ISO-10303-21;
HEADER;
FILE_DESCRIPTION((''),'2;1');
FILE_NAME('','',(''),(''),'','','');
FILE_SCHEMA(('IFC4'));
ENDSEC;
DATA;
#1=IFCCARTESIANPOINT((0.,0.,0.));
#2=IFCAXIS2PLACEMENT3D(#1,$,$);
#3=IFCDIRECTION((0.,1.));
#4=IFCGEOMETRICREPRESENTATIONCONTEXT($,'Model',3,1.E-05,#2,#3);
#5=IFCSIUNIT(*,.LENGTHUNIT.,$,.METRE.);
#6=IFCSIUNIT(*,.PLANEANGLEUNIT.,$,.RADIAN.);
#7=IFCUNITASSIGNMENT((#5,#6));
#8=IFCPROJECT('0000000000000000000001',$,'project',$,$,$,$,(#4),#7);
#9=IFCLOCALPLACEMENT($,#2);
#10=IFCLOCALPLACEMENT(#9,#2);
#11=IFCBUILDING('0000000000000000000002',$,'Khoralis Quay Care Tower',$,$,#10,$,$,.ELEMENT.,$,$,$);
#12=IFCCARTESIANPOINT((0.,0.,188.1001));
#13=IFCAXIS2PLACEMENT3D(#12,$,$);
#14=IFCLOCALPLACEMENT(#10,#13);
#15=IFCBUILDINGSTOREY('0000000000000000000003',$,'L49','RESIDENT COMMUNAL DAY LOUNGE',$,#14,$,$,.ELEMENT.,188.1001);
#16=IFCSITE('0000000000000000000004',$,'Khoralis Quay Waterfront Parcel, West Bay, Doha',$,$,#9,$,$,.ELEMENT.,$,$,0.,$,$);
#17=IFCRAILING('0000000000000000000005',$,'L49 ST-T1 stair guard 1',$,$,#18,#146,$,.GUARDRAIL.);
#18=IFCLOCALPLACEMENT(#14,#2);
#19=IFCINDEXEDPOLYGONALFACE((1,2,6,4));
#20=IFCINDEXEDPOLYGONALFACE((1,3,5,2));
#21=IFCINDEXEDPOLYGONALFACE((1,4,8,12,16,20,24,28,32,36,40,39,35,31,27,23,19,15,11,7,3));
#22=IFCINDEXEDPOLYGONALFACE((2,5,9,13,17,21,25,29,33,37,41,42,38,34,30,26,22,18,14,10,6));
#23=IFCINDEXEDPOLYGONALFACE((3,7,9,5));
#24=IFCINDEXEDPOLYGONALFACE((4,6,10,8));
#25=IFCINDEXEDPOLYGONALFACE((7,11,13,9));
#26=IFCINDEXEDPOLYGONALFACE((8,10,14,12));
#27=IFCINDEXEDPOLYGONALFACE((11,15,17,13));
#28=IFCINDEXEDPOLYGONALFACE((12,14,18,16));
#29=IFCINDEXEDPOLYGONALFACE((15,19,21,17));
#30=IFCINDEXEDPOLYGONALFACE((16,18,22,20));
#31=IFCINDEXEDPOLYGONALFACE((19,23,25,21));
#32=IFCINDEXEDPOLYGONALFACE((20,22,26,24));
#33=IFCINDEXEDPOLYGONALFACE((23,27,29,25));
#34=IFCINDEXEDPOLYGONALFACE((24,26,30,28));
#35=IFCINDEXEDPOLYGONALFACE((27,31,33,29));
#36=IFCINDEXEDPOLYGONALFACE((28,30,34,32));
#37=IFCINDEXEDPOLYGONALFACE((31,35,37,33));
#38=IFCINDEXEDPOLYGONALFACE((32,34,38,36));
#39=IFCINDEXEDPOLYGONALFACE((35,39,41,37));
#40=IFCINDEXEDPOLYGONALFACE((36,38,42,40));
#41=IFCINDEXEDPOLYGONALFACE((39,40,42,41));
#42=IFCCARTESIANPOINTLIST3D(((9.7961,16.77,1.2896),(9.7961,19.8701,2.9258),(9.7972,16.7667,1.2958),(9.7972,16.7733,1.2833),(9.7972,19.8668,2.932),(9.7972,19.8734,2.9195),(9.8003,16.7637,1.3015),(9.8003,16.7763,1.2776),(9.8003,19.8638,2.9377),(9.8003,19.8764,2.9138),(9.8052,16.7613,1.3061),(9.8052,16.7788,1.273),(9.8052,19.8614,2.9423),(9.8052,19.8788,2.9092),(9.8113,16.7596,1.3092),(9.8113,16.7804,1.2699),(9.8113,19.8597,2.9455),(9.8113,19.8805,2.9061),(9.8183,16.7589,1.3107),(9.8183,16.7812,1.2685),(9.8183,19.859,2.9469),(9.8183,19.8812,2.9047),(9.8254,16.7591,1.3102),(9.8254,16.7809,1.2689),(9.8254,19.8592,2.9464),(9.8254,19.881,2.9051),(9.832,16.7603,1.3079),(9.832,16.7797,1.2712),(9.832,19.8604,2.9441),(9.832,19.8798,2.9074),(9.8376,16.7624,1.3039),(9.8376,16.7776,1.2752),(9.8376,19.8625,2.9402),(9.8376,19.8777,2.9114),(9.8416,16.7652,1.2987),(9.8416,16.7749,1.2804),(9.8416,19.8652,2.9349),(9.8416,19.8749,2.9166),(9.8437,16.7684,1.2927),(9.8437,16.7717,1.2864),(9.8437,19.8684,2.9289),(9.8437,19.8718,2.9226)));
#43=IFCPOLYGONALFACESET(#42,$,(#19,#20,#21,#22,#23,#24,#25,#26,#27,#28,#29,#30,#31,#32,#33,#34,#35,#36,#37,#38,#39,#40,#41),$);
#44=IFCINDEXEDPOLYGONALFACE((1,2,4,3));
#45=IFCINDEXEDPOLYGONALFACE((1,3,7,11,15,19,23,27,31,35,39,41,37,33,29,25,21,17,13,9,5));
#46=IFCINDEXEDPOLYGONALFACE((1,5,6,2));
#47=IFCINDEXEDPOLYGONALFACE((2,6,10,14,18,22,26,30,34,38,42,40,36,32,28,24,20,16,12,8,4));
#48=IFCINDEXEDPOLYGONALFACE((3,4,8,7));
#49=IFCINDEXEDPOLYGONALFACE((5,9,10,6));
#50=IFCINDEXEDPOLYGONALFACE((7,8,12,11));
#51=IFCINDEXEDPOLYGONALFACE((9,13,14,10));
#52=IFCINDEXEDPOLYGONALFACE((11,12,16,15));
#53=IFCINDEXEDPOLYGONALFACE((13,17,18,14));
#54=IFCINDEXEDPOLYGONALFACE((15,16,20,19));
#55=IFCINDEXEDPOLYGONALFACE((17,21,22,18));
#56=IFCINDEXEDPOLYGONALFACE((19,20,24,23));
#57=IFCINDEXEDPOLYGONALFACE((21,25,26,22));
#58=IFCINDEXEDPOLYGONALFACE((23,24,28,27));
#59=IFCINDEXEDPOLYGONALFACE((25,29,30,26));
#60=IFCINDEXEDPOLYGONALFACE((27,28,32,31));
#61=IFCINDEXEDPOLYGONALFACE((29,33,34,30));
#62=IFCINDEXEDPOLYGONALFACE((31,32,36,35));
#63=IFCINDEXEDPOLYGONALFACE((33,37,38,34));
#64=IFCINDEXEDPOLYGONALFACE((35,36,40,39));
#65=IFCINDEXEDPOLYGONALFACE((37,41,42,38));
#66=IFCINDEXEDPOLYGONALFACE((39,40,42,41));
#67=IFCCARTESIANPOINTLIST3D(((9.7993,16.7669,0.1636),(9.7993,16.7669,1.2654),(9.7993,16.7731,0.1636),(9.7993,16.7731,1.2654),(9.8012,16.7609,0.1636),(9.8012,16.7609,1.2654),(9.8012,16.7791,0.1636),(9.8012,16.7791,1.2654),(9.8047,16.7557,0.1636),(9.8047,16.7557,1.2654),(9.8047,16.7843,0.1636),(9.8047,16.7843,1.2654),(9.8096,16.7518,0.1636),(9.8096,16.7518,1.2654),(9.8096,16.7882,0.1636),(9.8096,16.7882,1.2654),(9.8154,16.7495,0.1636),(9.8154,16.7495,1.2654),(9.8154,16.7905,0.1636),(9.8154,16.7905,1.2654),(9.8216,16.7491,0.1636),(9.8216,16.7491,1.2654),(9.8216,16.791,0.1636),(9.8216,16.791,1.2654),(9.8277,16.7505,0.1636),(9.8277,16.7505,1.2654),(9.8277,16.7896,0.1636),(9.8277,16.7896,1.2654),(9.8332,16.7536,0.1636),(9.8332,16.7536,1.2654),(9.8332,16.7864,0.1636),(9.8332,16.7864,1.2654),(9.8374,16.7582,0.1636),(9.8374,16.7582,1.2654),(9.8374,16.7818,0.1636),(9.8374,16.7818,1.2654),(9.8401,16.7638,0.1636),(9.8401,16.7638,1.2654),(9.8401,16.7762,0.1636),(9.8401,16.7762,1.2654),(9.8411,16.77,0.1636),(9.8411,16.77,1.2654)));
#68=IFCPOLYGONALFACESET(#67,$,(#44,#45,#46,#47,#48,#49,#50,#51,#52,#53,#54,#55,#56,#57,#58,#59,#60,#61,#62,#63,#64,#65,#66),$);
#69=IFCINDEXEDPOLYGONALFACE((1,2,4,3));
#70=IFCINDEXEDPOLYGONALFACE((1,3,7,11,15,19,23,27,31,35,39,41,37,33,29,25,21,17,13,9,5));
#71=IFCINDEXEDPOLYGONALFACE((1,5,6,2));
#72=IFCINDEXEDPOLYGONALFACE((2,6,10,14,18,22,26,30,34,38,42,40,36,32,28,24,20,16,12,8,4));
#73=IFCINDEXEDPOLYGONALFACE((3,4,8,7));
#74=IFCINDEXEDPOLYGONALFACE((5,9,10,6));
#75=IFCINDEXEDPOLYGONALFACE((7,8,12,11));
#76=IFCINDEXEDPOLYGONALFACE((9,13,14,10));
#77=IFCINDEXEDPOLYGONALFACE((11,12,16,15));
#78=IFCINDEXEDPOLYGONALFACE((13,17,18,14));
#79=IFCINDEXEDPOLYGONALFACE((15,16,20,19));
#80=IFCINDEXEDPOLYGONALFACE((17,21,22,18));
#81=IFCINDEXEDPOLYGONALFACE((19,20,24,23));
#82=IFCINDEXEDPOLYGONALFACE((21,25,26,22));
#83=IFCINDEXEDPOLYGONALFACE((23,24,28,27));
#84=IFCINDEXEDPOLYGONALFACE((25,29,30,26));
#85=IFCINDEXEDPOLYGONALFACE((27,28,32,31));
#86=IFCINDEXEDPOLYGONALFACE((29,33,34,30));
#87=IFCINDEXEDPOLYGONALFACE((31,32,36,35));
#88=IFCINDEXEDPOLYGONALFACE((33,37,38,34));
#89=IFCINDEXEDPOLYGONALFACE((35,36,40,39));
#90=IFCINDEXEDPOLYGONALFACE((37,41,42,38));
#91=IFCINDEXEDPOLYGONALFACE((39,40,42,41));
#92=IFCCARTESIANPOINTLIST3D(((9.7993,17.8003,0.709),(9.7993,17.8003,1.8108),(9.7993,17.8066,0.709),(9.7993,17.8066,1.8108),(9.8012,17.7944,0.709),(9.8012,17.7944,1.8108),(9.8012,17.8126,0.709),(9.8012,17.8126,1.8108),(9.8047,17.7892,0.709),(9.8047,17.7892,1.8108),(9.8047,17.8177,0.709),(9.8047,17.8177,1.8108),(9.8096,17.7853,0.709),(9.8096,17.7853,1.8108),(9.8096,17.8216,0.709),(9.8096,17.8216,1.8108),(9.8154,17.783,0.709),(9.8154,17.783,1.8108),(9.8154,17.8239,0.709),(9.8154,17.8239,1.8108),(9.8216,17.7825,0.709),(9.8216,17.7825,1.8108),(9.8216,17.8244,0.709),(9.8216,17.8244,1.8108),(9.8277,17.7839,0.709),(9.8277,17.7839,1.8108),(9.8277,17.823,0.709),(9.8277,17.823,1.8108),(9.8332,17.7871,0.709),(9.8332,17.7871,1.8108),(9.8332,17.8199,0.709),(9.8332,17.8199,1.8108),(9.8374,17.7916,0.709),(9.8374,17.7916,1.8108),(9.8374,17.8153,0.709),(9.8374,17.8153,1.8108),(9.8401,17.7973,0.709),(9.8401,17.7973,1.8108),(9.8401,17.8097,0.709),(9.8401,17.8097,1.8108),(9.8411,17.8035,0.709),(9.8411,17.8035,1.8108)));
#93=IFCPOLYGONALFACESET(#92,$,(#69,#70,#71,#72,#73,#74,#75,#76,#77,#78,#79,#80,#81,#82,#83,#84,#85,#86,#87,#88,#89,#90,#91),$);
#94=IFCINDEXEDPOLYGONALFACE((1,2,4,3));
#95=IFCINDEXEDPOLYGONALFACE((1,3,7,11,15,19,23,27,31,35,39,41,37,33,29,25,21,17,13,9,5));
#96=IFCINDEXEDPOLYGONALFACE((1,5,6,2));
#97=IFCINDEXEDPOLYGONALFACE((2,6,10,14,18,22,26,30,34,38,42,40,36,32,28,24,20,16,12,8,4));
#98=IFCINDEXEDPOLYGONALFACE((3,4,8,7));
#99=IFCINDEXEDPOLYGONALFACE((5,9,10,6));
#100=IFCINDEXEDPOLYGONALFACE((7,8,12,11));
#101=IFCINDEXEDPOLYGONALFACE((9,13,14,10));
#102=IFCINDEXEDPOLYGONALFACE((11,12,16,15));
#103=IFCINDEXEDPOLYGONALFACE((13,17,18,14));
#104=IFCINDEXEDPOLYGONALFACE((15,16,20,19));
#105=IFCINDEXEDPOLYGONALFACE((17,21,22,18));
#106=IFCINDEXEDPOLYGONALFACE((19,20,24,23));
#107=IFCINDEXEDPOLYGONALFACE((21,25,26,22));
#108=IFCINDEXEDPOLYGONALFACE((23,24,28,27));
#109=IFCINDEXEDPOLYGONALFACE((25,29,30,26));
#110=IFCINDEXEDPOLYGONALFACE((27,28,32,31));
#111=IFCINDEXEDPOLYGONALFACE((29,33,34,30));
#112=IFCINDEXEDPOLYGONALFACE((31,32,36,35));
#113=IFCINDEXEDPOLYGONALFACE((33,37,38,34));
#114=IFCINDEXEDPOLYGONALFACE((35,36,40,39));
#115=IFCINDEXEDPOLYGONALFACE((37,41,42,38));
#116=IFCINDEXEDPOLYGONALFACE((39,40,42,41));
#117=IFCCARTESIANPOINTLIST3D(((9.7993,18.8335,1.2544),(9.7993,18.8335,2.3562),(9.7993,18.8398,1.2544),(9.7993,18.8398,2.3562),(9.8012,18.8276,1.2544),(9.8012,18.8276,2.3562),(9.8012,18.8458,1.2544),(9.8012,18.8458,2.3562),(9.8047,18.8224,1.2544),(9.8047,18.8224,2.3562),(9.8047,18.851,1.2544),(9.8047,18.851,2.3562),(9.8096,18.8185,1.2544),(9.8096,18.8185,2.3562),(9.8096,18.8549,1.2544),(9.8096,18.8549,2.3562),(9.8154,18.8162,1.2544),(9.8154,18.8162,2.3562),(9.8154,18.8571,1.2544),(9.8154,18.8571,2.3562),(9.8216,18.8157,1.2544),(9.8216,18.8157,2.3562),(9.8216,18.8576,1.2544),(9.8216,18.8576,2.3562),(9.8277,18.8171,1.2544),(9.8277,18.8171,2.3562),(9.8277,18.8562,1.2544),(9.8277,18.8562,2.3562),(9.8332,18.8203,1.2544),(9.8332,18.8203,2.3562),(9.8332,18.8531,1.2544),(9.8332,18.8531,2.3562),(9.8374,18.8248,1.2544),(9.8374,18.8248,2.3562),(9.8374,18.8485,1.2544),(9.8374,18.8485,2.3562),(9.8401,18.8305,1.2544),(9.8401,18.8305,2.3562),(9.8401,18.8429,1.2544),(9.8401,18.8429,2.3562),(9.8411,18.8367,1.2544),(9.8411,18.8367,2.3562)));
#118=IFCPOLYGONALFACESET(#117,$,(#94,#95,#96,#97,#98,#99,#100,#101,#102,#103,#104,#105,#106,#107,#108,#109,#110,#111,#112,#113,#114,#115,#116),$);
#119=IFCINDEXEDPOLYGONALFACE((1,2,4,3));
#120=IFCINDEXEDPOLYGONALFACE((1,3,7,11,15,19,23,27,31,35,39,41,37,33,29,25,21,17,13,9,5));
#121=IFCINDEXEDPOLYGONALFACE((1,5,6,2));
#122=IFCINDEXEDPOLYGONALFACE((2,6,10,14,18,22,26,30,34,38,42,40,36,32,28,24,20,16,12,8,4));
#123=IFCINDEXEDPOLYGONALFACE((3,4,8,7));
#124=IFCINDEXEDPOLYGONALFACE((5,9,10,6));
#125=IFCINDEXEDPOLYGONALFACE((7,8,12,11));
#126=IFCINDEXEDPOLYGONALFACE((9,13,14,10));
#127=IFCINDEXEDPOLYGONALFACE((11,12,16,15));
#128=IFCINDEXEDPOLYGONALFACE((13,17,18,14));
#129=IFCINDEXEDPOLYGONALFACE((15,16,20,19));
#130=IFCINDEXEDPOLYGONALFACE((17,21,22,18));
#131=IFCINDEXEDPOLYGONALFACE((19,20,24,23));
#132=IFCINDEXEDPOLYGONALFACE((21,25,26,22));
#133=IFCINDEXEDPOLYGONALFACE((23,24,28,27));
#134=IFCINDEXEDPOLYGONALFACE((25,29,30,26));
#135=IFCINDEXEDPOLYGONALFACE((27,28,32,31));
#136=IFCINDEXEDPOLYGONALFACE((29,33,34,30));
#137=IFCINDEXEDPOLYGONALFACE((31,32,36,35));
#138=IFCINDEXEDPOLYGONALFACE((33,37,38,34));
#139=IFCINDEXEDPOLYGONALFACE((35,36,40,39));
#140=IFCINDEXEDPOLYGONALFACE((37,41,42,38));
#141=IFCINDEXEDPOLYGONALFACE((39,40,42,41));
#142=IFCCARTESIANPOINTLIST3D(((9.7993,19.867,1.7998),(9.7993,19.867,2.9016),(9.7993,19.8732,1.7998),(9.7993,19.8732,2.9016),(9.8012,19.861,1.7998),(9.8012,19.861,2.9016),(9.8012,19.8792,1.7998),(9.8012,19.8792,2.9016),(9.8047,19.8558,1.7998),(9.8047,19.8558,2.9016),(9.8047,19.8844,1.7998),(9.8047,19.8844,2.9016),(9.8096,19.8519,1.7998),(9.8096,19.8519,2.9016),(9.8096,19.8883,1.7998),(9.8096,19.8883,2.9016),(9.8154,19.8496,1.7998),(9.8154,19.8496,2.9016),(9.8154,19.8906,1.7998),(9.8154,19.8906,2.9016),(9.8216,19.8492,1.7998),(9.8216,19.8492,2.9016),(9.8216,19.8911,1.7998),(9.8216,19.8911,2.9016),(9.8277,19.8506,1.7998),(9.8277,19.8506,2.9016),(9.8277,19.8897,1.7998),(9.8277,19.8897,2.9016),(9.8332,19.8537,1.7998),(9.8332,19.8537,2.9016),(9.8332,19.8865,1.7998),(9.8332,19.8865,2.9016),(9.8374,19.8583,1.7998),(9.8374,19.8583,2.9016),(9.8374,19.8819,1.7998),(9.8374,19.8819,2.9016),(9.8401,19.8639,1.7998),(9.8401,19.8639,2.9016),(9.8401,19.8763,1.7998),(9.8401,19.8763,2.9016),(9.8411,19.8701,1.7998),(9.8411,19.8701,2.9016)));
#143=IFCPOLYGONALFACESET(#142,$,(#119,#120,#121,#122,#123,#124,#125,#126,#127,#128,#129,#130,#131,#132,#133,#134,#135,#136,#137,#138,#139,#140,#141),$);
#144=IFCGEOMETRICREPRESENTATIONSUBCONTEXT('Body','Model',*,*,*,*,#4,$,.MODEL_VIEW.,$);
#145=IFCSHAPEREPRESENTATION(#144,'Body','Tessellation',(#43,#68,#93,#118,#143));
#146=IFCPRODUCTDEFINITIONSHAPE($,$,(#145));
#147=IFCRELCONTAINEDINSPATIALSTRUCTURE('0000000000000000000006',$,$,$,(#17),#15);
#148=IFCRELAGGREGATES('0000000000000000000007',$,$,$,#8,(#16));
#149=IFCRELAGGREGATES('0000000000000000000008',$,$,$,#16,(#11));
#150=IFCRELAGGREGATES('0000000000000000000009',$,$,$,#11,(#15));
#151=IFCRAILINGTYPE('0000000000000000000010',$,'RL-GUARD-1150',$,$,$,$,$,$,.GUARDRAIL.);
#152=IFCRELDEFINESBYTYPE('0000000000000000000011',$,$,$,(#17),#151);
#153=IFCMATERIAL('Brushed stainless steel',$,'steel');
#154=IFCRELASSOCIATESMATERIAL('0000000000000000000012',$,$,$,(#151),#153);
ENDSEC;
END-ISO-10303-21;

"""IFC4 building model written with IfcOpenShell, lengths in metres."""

from ifc_helpers import new_model, si_unit, direction, frame, origin, origin_2d, place, context, subcontext, project, spatial, circle, extrude, material, type_object, element, save


model = new_model("IFC4")

# Units and contexts
model_context = context("Model", 3, precision=1e-05, world=origin(), true_north=direction((0.0, 1.0)))
body_context = subcontext(model_context, "Body", "Model", "MODEL_VIEW")
ifc_project = project(units=[si_unit("LENGTHUNIT", "METRE"), si_unit("PLANEANGLEUNIT", "RADIAN")], contexts=[model_context])

# Site, building, storey
site_placement = place(None, origin())
site = spatial("IfcSite", under=ifc_project, at=site_placement, Name="Khoralis Quay Waterfront Parcel, West Bay, Doha", CompositionType="ELEMENT", RefElevation=0.0)
building_placement = place(site_placement, origin())
building = spatial("IfcBuilding", under=site, at=building_placement, Name="Khoralis Quay Care Tower", CompositionType="ELEMENT")
storey_placement = place(building_placement, frame((0.0, 0.0, 188.1001)))
storey = spatial("IfcBuildingStorey", under=building, at=storey_placement, Name="L49", Description="RESIDENT COMMUNAL DAY LOUNGE", CompositionType="ELEMENT", Elevation=188.1001)

# Shared definitions
ifc_material_1 = material(Name="Brushed stainless steel", Category="steel")

# Railing
railing_type_1 = type_object("IfcRailingType", Name="RL-GUARD-1150", PredefinedType="GUARDRAIL", material=ifc_material_1)
railing_1_placement = place(storey_placement, frame((9.8201, 16.77, 0.1636)))
element("IfcRailing", 1, at=railing_1_placement, inside=storey, type_object=railing_type_1, Name="L49 ST-T1 stair guard 1", PredefinedType="GUARDRAIL", context=body_context, shape_type="SweptSolid", body=[
    extrude(circle(Radius=0.0239, at=origin_2d()), frame((0.0, 0.0, 1.126), z_axis=(0.0, 0.884377, 0.466774), x_axis=(-1.0, 0.0, 0.0)), (0.0, 0.0, 1.0), 3.5054),
    extrude(circle(Radius=0.021, at=origin_2d()), origin(), (0.0, 0.0, 1.0), 1.1018),
    extrude(circle(Radius=0.021, at=origin_2d()), frame((0.0, 1.0334, 0.5454)), (0.0, 0.0, 1.0), 1.1018),
    extrude(circle(Radius=0.021, at=origin_2d()), frame((0.0, 2.0667, 1.0908)), (0.0, 0.0, 1.0), 1.1018),
    extrude(circle(Radius=0.021, at=origin_2d()), frame((0.0, 3.1001, 1.6362)), (0.0, 0.0, 1.0), 1.1018),
])

save(model, "model.ifc")
